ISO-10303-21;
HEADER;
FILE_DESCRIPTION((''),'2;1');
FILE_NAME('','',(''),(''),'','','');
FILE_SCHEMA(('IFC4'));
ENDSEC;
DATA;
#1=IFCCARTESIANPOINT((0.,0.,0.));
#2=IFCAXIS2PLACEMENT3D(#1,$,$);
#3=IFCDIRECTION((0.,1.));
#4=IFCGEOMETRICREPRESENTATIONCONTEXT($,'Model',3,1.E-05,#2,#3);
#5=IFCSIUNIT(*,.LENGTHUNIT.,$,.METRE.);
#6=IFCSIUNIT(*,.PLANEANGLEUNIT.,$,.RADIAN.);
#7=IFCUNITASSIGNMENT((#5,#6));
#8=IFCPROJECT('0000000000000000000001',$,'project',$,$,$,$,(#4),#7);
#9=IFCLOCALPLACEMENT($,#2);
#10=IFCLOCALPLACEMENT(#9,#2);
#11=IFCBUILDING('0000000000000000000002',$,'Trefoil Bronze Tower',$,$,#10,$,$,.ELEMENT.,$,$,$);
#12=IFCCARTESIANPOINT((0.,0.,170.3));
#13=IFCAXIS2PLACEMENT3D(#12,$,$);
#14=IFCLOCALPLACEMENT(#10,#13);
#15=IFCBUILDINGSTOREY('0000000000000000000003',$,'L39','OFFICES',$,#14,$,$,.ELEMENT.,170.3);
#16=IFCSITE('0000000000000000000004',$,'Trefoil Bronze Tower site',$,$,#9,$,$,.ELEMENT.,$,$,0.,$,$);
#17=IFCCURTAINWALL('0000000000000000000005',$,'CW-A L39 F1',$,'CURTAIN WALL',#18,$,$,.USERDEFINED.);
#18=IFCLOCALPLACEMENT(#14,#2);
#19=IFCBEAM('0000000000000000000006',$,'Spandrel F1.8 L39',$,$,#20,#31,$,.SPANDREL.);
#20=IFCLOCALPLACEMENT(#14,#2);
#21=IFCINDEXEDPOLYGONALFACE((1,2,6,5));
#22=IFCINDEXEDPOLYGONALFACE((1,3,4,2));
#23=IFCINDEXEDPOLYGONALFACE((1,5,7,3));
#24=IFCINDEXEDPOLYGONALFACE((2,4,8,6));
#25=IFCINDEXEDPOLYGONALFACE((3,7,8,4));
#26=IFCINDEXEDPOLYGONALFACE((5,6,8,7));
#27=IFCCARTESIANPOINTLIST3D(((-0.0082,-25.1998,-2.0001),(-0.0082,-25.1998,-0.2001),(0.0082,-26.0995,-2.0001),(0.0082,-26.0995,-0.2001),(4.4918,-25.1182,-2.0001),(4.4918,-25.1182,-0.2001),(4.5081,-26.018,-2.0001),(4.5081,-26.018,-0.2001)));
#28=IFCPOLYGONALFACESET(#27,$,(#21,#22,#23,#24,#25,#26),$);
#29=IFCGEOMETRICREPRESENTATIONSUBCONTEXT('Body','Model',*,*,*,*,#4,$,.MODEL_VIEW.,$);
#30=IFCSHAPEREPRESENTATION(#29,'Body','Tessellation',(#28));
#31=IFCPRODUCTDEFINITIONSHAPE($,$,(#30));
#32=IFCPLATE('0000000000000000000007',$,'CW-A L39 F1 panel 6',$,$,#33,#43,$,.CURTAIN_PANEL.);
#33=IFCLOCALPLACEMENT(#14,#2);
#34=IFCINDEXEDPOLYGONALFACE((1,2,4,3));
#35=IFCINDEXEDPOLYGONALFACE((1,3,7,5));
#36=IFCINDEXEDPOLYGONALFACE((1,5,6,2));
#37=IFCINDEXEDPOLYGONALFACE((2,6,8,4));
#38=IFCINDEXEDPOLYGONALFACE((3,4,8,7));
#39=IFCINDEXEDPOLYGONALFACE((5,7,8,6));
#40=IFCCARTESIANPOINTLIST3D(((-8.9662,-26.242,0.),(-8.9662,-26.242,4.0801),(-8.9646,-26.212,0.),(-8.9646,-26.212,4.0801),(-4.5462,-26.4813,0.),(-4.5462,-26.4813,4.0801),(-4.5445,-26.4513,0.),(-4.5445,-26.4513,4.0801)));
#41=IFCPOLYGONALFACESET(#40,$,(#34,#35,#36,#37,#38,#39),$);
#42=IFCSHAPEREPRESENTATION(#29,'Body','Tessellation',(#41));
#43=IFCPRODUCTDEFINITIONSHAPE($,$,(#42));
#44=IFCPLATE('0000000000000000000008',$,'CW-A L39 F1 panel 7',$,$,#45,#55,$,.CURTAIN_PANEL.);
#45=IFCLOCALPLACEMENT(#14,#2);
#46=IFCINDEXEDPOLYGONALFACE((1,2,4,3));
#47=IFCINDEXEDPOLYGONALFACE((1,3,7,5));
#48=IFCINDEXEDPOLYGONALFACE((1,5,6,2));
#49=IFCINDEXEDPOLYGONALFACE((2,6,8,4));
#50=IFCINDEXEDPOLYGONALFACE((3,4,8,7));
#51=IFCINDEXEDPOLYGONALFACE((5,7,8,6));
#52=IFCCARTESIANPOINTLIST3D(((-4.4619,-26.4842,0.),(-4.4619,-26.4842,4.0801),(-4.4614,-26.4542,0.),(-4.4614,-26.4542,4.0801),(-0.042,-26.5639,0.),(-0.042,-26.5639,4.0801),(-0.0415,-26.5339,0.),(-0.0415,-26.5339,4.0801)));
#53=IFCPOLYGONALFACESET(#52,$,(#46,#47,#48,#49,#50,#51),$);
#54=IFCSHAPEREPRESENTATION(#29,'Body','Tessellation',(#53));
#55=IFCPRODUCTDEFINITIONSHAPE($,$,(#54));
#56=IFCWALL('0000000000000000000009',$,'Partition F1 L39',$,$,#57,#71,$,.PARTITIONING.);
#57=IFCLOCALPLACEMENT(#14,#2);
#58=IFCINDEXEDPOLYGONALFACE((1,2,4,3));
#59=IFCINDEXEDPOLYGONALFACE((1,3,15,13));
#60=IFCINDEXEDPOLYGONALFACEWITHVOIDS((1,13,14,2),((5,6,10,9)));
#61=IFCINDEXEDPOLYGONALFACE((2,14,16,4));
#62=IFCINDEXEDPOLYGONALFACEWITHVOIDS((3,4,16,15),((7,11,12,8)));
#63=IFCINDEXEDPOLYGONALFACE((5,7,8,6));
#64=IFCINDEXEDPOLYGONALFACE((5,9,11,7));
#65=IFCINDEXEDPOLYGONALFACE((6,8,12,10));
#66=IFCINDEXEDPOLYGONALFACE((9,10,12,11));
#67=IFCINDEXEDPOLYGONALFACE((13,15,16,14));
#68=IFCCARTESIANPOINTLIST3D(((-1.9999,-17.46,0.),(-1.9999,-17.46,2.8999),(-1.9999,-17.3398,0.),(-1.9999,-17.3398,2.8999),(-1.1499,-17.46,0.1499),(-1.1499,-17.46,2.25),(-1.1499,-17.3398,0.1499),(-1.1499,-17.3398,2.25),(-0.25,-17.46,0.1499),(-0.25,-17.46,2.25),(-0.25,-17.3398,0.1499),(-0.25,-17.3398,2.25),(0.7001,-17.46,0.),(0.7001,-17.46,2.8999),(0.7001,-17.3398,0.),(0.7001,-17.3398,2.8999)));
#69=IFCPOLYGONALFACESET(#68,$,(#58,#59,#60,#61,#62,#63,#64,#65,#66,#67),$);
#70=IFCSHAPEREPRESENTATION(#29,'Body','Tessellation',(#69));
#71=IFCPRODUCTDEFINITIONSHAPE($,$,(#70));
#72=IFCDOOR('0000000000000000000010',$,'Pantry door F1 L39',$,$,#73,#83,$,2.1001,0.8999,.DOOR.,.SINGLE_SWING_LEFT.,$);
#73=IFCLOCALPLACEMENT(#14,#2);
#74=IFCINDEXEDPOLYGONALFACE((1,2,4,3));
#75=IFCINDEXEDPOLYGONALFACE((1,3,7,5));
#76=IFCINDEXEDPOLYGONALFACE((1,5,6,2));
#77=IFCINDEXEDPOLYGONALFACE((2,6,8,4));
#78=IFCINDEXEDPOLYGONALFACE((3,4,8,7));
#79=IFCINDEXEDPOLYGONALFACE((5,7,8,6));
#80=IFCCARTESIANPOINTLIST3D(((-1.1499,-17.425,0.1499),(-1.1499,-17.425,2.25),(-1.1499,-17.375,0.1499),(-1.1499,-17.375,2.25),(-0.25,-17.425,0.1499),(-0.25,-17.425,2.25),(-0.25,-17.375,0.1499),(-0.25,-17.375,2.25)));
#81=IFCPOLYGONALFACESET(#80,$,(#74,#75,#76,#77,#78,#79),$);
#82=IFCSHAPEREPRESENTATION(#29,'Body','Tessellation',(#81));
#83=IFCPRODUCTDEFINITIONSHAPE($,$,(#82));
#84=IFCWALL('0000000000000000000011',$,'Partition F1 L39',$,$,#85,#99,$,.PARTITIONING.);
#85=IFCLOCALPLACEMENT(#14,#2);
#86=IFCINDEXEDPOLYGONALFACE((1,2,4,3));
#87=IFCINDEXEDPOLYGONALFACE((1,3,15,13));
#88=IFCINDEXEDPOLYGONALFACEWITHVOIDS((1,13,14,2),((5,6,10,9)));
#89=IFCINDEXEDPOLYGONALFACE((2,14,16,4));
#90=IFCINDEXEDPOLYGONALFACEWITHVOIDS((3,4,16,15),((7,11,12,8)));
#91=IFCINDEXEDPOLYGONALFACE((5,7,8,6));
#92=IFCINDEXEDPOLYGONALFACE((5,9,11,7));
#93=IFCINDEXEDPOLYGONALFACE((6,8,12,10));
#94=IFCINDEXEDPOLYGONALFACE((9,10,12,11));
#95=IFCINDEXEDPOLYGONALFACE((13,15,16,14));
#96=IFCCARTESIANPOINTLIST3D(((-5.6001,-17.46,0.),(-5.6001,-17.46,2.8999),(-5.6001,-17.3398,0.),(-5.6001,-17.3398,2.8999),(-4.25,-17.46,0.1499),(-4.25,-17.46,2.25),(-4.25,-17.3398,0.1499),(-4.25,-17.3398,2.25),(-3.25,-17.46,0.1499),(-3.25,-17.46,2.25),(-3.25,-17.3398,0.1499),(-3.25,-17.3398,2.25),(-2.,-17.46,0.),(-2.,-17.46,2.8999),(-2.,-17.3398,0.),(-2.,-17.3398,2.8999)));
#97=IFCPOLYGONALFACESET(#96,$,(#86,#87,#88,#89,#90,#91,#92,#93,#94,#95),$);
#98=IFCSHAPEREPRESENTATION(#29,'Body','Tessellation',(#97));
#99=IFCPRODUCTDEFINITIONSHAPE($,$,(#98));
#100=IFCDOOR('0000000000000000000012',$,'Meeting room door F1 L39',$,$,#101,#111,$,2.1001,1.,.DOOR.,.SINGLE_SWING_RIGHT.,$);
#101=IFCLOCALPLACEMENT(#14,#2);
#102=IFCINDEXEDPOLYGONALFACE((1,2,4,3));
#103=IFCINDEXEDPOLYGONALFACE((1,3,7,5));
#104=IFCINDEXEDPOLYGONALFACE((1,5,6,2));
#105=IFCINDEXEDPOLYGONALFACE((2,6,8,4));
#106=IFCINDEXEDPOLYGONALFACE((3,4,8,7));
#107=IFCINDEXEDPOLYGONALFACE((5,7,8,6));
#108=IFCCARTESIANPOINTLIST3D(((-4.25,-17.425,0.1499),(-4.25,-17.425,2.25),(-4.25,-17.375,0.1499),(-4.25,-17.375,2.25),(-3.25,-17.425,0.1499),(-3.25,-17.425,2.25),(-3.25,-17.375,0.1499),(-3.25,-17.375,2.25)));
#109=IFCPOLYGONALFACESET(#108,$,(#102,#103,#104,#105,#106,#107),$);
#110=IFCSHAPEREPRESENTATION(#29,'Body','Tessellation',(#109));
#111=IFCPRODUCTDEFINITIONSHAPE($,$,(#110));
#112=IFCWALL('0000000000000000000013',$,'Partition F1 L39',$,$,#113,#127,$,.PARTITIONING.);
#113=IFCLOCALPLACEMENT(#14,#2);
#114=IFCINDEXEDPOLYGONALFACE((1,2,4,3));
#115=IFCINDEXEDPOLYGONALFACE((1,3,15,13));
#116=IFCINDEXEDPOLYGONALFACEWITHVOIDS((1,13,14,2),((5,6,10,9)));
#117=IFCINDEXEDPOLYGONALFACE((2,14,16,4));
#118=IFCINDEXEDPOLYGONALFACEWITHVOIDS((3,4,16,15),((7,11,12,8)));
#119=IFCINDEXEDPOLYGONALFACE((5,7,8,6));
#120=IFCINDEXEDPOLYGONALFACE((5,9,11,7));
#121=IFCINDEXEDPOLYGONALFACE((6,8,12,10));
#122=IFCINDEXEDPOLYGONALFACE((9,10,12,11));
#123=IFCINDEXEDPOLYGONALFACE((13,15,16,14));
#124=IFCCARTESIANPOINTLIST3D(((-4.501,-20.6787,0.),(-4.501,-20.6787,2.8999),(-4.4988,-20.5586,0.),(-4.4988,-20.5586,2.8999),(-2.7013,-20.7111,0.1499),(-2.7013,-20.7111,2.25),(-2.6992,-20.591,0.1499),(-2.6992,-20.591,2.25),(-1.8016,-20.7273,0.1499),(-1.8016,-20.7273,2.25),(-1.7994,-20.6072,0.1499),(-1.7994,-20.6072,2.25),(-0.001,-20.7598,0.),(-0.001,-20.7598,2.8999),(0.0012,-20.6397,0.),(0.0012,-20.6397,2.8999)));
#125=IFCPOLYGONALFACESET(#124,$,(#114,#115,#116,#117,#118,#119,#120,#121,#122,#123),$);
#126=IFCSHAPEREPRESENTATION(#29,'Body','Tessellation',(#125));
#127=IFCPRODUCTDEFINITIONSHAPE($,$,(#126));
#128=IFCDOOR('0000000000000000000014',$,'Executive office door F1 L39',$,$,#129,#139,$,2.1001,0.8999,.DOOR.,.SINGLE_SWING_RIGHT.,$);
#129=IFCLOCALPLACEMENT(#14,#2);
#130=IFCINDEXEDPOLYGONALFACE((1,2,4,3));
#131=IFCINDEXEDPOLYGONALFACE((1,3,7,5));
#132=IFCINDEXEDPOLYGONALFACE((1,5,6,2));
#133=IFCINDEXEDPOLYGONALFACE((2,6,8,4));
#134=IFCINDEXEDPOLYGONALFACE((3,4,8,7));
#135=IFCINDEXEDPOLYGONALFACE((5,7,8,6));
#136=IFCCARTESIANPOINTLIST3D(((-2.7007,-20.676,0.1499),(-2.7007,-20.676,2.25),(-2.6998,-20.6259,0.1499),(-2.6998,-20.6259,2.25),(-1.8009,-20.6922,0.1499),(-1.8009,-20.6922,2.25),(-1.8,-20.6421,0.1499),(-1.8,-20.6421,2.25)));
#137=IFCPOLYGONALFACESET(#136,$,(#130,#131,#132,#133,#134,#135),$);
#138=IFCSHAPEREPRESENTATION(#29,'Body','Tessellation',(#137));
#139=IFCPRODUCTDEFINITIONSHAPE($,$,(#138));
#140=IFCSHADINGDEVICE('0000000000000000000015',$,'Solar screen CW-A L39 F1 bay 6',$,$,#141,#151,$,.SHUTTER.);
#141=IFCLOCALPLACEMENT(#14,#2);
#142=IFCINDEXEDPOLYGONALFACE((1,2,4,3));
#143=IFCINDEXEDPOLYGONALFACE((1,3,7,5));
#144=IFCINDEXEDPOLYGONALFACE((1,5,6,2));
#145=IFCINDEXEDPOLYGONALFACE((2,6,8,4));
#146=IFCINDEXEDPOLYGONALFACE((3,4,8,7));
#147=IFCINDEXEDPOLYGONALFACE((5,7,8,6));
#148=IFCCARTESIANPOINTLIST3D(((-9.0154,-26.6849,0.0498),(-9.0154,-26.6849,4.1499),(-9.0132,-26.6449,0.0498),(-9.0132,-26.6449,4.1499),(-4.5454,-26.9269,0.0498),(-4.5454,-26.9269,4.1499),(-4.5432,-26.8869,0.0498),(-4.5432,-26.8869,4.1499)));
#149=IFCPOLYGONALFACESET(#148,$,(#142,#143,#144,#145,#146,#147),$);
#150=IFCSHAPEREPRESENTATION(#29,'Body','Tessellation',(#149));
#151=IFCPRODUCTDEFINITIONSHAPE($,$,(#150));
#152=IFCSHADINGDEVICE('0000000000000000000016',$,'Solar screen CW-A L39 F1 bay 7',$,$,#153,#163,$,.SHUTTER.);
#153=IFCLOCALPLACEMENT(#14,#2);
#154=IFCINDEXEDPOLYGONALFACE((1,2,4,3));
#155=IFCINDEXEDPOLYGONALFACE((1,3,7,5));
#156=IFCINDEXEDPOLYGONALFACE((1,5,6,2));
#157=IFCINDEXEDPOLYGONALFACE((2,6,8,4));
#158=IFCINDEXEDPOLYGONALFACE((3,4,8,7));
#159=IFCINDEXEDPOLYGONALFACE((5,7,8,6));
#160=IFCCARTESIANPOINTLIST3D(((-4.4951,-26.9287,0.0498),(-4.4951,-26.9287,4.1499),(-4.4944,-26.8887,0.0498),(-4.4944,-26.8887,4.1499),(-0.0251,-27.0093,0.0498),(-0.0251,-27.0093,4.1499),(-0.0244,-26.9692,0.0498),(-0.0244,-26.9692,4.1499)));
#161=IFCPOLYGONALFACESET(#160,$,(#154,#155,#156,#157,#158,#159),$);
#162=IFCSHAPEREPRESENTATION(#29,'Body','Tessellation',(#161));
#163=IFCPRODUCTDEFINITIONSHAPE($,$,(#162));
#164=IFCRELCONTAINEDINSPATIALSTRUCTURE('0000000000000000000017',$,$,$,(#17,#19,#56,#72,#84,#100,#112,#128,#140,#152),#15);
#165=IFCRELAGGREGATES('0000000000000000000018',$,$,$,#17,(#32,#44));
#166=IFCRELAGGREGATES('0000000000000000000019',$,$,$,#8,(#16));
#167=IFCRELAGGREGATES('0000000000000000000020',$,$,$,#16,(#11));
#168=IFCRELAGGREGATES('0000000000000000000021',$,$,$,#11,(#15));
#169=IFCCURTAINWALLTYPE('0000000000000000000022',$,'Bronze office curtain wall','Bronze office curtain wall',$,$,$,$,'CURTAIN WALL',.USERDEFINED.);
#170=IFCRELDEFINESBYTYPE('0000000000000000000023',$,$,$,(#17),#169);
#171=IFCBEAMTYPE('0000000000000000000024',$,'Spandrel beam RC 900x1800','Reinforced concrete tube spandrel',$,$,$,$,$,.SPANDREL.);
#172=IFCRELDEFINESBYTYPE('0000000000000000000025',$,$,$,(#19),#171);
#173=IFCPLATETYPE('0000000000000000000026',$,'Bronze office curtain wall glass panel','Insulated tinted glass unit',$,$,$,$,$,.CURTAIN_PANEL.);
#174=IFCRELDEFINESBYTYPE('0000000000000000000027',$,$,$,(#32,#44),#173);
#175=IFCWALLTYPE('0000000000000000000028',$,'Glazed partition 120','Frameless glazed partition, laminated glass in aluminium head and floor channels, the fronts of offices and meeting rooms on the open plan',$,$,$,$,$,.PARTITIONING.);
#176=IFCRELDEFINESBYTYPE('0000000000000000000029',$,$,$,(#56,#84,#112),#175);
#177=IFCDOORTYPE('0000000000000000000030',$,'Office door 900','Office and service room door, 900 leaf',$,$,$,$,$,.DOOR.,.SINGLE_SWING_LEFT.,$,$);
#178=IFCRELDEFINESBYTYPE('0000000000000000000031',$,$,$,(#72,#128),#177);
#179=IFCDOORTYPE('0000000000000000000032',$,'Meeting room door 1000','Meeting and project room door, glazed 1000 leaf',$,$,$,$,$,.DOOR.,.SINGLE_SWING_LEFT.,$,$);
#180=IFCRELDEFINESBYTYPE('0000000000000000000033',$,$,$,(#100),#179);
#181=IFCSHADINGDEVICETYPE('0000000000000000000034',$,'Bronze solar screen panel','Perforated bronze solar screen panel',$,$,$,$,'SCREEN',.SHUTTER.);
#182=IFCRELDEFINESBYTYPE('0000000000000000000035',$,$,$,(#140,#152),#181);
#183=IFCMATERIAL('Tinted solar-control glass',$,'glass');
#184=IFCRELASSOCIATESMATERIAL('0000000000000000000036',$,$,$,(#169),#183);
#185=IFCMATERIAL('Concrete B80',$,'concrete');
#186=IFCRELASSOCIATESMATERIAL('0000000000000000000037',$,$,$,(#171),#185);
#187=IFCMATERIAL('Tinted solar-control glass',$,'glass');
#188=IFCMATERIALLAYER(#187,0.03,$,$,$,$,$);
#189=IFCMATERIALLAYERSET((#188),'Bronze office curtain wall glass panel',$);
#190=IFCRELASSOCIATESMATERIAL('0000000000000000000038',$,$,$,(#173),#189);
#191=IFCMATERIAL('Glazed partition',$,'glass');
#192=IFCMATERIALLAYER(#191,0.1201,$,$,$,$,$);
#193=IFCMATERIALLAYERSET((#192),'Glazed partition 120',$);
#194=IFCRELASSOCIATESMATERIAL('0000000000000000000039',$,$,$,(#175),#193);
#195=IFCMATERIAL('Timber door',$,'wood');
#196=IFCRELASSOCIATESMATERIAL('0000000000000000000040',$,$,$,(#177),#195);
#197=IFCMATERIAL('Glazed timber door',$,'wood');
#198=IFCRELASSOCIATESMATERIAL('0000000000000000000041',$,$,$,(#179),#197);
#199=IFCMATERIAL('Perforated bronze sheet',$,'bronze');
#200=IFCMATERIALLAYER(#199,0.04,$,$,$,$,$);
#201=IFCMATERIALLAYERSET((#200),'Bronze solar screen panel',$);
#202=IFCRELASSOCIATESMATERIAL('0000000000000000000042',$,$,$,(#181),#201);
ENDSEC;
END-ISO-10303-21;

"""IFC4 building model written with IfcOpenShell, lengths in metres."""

from ifc_helpers import new_model, si_unit, direction, frame, frame_2d, origin, origin_2d, place, context, subcontext, project, spatial, rectangle, extrude, material, layer, layer_set, material_profile, profile_set, type_object, element, fill, aggregate, save


model = new_model("IFC4")

# Units and contexts
model_context = context("Model", 3, precision=1e-05, world=origin(), true_north=direction((0.0, 1.0)))
body_context = subcontext(model_context, "Body", "Model", "MODEL_VIEW")
ifc_project = project(units=[si_unit("LENGTHUNIT", "METRE"), si_unit("PLANEANGLEUNIT", "RADIAN")], contexts=[model_context])

# Site, building, storey
site_placement = place(None, origin())
site = spatial("IfcSite", under=ifc_project, at=site_placement, Name="Trefoil Bronze Tower site", CompositionType="ELEMENT", RefElevation=0.0)
building_placement = place(site_placement, origin())
building = spatial("IfcBuilding", under=site, at=building_placement, Name="Trefoil Bronze Tower", CompositionType="ELEMENT")
storey_placement = place(building_placement, frame((0.0, 0.0, 170.3)))
storey = spatial("IfcBuildingStorey", under=building, at=storey_placement, Name="L39", Description="OFFICES", CompositionType="ELEMENT", Elevation=170.3)

# Curtain wall
ifc_material_1 = material(Name="Tinted solar-control glass", Category="glass")
curtain_wall_type = type_object("IfcCurtainWallType", Name="Bronze office curtain wall", Description="Bronze office curtain wall", ElementType="CURTAIN WALL", PredefinedType="USERDEFINED", material=ifc_material_1)
curtain_wall_placement = place(storey_placement, origin())
curtain_wall = element("IfcCurtainWall", 1, at=curtain_wall_placement, inside=storey, type_object=curtain_wall_type, Name="CW-A L39 F1", ObjectType="CURTAIN WALL", PredefinedType="USERDEFINED")

# Beam
ifc_material_2 = material(Name="Concrete B80", Category="concrete")
ifc_material_profile_1 = material_profile(ifc_material_2, rectangle(XDim=0.8999, YDim=1.8, at=origin_2d()), Name="RC 900x1800")
ifc_profile_set_1 = profile_set([ifc_material_profile_1], Name="Concrete B80")
beam_type_1 = type_object("IfcBeamType", Name="Spandrel beam RC 900x1800", Description="Reinforced concrete tube spandrel", PredefinedType="SPANDREL", material=ifc_profile_set_1)
for number, where, z_axis, x_axis, name in (
    (2, (0.0, -25.6497, -1.1001), (0.999836, 0.018118, 0.0), (-0.018118, 0.999836, 0.0), "Spandrel F1.8 L39"),
):
    element("IfcBeam", number, at=place(storey_placement, frame(where, z_axis=z_axis, x_axis=x_axis)), inside=storey, type_object=beam_type_1, Name=name, PredefinedType="SPANDREL", context=body_context, shape_type="SweptSolid", body=[
        extrude(rectangle(XDim=0.8999, YDim=1.8, at=origin_2d()), origin(), (0.0, 0.0, 1.0), 4.5007),
    ])

# Plates
ifc_material_3 = material(Name="Tinted solar-control glass", Category="glass")
ifc_layer_1 = layer(ifc_material_3, 0.03)
ifc_layer_set_1 = layer_set([ifc_layer_1], Name="Bronze office curtain wall glass panel")
plate_type = type_object("IfcPlateType", Name="Bronze office curtain wall glass panel", Description="Insulated tinted glass unit", PredefinedType="CURTAIN_PANEL", material=ifc_layer_set_1)
plate_1_placement = place(storey_placement, frame((-6.7554, -26.3467, 0.0), z_axis=(0.0, 0.0, 1.0), x_axis=(0.998538, -0.054063, 0.0)))
plate_1 = element("IfcPlate", 3, at=plate_1_placement, type_object=plate_type, Name="CW-A L39 F1 panel 6", PredefinedType="CURTAIN_PANEL", context=body_context, shape_type="SweptSolid", body=[
    extrude(rectangle(XDim=4.4265, YDim=0.03, at=origin_2d()), origin(), (0.0, 0.0, 1.0), 4.0801),
])
plate_2_placement = place(storey_placement, frame((-2.2517, -26.509, 0.0), z_axis=(0.0, 0.0, 1.0), x_axis=(0.999838, -0.018021, 0.0)))
plate_2 = element("IfcPlate", 4, at=plate_2_placement, type_object=plate_type, Name="CW-A L39 F1 panel 7", PredefinedType="CURTAIN_PANEL", context=body_context, shape_type="SweptSolid", body=[
    extrude(rectangle(XDim=4.4207, YDim=0.03, at=origin_2d()), origin(), (0.0, 0.0, 1.0), 4.0801),
])
aggregate(curtain_wall, [plate_1, plate_2])

# Walls, openings, doors
ifc_material_4 = material(Name="Glazed partition", Category="glass")
ifc_layer_2 = layer(ifc_material_4, 0.1201)
ifc_layer_set_2 = layer_set([ifc_layer_2], Name="Glazed partition 120")
wall_type = type_object("IfcWallType", Name="Glazed partition 120", Description="Frameless glazed partition, laminated glass in aluminium head and floor channels, the fronts of offices and meeting rooms on the open plan", PredefinedType="PARTITIONING", material=ifc_layer_set_2)
wall_1_placement = place(storey_placement, frame((-2.0, -17.3999, 0.0), z_axis=(0.0, 0.0, 1.0), x_axis=(1.0, 0.0, 0.0)))
wall_1 = element("IfcWall", 5, at=wall_1_placement, inside=storey, type_object=wall_type, Name="Partition F1 L39", PredefinedType="PARTITIONING", context=body_context, shape_type="SweptSolid", body=[
    extrude(rectangle(XDim=2.7, YDim=0.1201, at=frame_2d((1.3501, 0.0))), origin(), (0.0, 0.0, 1.0), 2.8999),
])
opening_1_placement = place(wall_1_placement, frame((0.8501, 0.0, 0.1499)))
opening_1 = element("IfcOpeningElement", 6, at=opening_1_placement, cuts=wall_1, PredefinedType="OPENING", context=body_context, shape_type="SweptSolid", body=[
    extrude(rectangle(XDim=0.8999, YDim=2.1001, at=frame_2d((0.45, 1.05))), frame((0.0, 0.0701, 0.0), z_axis=(0.0, -1.0, 0.0), x_axis=(1.0, 0.0, 0.0)), (0.0, 0.0, 1.0), 0.1401),
])
ifc_material_5 = material(Name="Timber door", Category="wood")
door_type_1 = type_object("IfcDoorType", Name="Office door 900", Description="Office and service room door, 900 leaf", OperationType="SINGLE_SWING_LEFT", PredefinedType="DOOR", material=ifc_material_5)
door_1_placement = place(opening_1_placement, origin())
door_1 = element("IfcDoor", 7, at=door_1_placement, inside=storey, type_object=door_type_1, Name="Pantry door F1 L39", OperationType="SINGLE_SWING_LEFT", OverallHeight=2.1001, OverallWidth=0.8999, PredefinedType="DOOR", context=body_context, shape_type="SweptSolid", body=[
    extrude(rectangle(XDim=0.8999, YDim=2.1001, at=frame_2d((0.45, 1.05))), frame((0.0, 0.0249, 0.0), z_axis=(0.0, -1.0, 0.0), x_axis=(1.0, 0.0, 0.0)), (0.0, 0.0, 1.0), 0.05),
])
fill(opening_1, door_1)
wall_2_placement = place(storey_placement, frame((-5.6001, -17.3999, 0.0), z_axis=(0.0, 0.0, 1.0), x_axis=(1.0, 0.0, 0.0)))
wall_2 = element("IfcWall", 8, at=wall_2_placement, inside=storey, type_object=wall_type, Name="Partition F1 L39", PredefinedType="PARTITIONING", context=body_context, shape_type="SweptSolid", body=[
    extrude(rectangle(XDim=3.6001, YDim=0.1201, at=frame_2d((1.8, 0.0))), origin(), (0.0, 0.0, 1.0), 2.8999),
])
opening_2_placement = place(wall_2_placement, frame((1.3501, 0.0, 0.1499)))
opening_2 = element("IfcOpeningElement", 9, at=opening_2_placement, cuts=wall_2, PredefinedType="OPENING", context=body_context, shape_type="SweptSolid", body=[
    extrude(rectangle(XDim=1.0, YDim=2.1001, at=frame_2d((0.5, 1.05))), frame((0.0, 0.0701, 0.0), z_axis=(0.0, -1.0, 0.0), x_axis=(1.0, 0.0, 0.0)), (0.0, 0.0, 1.0), 0.1401),
])
ifc_material_6 = material(Name="Glazed timber door", Category="wood")
door_type_2 = type_object("IfcDoorType", Name="Meeting room door 1000", Description="Meeting and project room door, glazed 1000 leaf", OperationType="SINGLE_SWING_LEFT", PredefinedType="DOOR", material=ifc_material_6)
door_2_placement = place(opening_2_placement, origin())
door_2 = element("IfcDoor", 10, at=door_2_placement, inside=storey, type_object=door_type_2, Name="Meeting room door F1 L39", OperationType="SINGLE_SWING_RIGHT", OverallHeight=2.1001, OverallWidth=1.0, PredefinedType="DOOR", context=body_context, shape_type="SweptSolid", body=[
    extrude(rectangle(XDim=1.0, YDim=2.1001, at=frame_2d((0.5, 1.05))), frame((0.0, 0.0249, 0.0), z_axis=(0.0, -1.0, 0.0), x_axis=(1.0, 0.0, 0.0)), (0.0, 0.0, 1.0), 0.05),
])
fill(opening_2, door_2)
wall_3_placement = place(storey_placement, frame((-4.5, -20.6187, 0.0), z_axis=(0.0, 0.0, 1.0), x_axis=(0.999838, -0.018009, 0.0)))
wall_3 = element("IfcWall", 11, at=wall_3_placement, inside=storey, type_object=wall_type, Name="Partition F1 L39", PredefinedType="PARTITIONING", context=body_context, shape_type="SweptSolid", body=[
    extrude(rectangle(XDim=4.5007, YDim=0.1201, at=frame_2d((2.2505, 0.0))), origin(), (0.0, 0.0, 1.0), 2.8999),
])
opening_3_placement = place(wall_3_placement, frame((1.8, 0.0, 0.1499)))
opening_3 = element("IfcOpeningElement", 12, at=opening_3_placement, cuts=wall_3, PredefinedType="OPENING", context=body_context, shape_type="SweptSolid", body=[
    extrude(rectangle(XDim=0.8999, YDim=2.1001, at=frame_2d((0.45, 1.05))), frame((0.0, 0.0701, 0.0), z_axis=(0.0, -1.0, 0.0), x_axis=(1.0, 0.0, 0.0)), (0.0, 0.0, 1.0), 0.1401),
])
door_3_placement = place(opening_3_placement, frame((0.8999, 0.0, 0.0), z_axis=(0.0, 0.0, 1.0), x_axis=(-1.0, 0.0, 0.0)))
door_3 = element("IfcDoor", 13, at=door_3_placement, inside=storey, type_object=door_type_1, Name="Executive office door F1 L39", OperationType="SINGLE_SWING_RIGHT", OverallHeight=2.1001, OverallWidth=0.8999, PredefinedType="DOOR", context=body_context, shape_type="SweptSolid", body=[
    extrude(rectangle(XDim=0.8999, YDim=2.1001, at=frame_2d((0.45, 1.05))), frame((0.0, 0.0249, 0.0), z_axis=(0.0, -1.0, 0.0), x_axis=(1.0, 0.0, 0.0)), (0.0, 0.0, 1.0), 0.05),
])
fill(opening_3, door_3)

# Shading devices
ifc_material_7 = material(Name="Perforated bronze sheet", Category="bronze")
ifc_layer_3 = layer(ifc_material_7, 0.04)
ifc_layer_set_3 = layer_set([ifc_layer_3], Name="Bronze solar screen panel")
shading_device_type = type_object("IfcShadingDeviceType", Name="Bronze solar screen panel", Description="Perforated bronze solar screen panel", ElementType="SCREEN", PredefinedType="SHUTTER", material=ifc_layer_set_3)
shading_device_1_placement = place(storey_placement, frame((-6.7793, -26.7859, 0.0498), z_axis=(0.0, 0.0, 1.0), x_axis=(0.998538, -0.054063, 0.0)))
element("IfcShadingDevice", 14, at=shading_device_1_placement, inside=storey, type_object=shading_device_type, Name="Solar screen CW-A L39 F1 bay 6", PredefinedType="SHUTTER", context=body_context, shape_type="SweptSolid", body=[
    extrude(rectangle(XDim=4.4766, YDim=0.04, at=origin_2d()), origin(), (0.0, 0.0, 1.0), 4.1001),
])
shading_device_2_placement = place(storey_placement, frame((-2.2598, -26.949, 0.0498), z_axis=(0.0, 0.0, 1.0), x_axis=(0.999838, -0.018021, 0.0)))
element("IfcShadingDevice", 15, at=shading_device_2_placement, inside=storey, type_object=shading_device_type, Name="Solar screen CW-A L39 F1 bay 7", PredefinedType="SHUTTER", context=body_context, shape_type="SweptSolid", body=[
    extrude(rectangle(XDim=4.4707, YDim=0.04, at=origin_2d()), origin(), (0.0, 0.0, 1.0), 4.1001),
])

save(model, "model.ifc")
